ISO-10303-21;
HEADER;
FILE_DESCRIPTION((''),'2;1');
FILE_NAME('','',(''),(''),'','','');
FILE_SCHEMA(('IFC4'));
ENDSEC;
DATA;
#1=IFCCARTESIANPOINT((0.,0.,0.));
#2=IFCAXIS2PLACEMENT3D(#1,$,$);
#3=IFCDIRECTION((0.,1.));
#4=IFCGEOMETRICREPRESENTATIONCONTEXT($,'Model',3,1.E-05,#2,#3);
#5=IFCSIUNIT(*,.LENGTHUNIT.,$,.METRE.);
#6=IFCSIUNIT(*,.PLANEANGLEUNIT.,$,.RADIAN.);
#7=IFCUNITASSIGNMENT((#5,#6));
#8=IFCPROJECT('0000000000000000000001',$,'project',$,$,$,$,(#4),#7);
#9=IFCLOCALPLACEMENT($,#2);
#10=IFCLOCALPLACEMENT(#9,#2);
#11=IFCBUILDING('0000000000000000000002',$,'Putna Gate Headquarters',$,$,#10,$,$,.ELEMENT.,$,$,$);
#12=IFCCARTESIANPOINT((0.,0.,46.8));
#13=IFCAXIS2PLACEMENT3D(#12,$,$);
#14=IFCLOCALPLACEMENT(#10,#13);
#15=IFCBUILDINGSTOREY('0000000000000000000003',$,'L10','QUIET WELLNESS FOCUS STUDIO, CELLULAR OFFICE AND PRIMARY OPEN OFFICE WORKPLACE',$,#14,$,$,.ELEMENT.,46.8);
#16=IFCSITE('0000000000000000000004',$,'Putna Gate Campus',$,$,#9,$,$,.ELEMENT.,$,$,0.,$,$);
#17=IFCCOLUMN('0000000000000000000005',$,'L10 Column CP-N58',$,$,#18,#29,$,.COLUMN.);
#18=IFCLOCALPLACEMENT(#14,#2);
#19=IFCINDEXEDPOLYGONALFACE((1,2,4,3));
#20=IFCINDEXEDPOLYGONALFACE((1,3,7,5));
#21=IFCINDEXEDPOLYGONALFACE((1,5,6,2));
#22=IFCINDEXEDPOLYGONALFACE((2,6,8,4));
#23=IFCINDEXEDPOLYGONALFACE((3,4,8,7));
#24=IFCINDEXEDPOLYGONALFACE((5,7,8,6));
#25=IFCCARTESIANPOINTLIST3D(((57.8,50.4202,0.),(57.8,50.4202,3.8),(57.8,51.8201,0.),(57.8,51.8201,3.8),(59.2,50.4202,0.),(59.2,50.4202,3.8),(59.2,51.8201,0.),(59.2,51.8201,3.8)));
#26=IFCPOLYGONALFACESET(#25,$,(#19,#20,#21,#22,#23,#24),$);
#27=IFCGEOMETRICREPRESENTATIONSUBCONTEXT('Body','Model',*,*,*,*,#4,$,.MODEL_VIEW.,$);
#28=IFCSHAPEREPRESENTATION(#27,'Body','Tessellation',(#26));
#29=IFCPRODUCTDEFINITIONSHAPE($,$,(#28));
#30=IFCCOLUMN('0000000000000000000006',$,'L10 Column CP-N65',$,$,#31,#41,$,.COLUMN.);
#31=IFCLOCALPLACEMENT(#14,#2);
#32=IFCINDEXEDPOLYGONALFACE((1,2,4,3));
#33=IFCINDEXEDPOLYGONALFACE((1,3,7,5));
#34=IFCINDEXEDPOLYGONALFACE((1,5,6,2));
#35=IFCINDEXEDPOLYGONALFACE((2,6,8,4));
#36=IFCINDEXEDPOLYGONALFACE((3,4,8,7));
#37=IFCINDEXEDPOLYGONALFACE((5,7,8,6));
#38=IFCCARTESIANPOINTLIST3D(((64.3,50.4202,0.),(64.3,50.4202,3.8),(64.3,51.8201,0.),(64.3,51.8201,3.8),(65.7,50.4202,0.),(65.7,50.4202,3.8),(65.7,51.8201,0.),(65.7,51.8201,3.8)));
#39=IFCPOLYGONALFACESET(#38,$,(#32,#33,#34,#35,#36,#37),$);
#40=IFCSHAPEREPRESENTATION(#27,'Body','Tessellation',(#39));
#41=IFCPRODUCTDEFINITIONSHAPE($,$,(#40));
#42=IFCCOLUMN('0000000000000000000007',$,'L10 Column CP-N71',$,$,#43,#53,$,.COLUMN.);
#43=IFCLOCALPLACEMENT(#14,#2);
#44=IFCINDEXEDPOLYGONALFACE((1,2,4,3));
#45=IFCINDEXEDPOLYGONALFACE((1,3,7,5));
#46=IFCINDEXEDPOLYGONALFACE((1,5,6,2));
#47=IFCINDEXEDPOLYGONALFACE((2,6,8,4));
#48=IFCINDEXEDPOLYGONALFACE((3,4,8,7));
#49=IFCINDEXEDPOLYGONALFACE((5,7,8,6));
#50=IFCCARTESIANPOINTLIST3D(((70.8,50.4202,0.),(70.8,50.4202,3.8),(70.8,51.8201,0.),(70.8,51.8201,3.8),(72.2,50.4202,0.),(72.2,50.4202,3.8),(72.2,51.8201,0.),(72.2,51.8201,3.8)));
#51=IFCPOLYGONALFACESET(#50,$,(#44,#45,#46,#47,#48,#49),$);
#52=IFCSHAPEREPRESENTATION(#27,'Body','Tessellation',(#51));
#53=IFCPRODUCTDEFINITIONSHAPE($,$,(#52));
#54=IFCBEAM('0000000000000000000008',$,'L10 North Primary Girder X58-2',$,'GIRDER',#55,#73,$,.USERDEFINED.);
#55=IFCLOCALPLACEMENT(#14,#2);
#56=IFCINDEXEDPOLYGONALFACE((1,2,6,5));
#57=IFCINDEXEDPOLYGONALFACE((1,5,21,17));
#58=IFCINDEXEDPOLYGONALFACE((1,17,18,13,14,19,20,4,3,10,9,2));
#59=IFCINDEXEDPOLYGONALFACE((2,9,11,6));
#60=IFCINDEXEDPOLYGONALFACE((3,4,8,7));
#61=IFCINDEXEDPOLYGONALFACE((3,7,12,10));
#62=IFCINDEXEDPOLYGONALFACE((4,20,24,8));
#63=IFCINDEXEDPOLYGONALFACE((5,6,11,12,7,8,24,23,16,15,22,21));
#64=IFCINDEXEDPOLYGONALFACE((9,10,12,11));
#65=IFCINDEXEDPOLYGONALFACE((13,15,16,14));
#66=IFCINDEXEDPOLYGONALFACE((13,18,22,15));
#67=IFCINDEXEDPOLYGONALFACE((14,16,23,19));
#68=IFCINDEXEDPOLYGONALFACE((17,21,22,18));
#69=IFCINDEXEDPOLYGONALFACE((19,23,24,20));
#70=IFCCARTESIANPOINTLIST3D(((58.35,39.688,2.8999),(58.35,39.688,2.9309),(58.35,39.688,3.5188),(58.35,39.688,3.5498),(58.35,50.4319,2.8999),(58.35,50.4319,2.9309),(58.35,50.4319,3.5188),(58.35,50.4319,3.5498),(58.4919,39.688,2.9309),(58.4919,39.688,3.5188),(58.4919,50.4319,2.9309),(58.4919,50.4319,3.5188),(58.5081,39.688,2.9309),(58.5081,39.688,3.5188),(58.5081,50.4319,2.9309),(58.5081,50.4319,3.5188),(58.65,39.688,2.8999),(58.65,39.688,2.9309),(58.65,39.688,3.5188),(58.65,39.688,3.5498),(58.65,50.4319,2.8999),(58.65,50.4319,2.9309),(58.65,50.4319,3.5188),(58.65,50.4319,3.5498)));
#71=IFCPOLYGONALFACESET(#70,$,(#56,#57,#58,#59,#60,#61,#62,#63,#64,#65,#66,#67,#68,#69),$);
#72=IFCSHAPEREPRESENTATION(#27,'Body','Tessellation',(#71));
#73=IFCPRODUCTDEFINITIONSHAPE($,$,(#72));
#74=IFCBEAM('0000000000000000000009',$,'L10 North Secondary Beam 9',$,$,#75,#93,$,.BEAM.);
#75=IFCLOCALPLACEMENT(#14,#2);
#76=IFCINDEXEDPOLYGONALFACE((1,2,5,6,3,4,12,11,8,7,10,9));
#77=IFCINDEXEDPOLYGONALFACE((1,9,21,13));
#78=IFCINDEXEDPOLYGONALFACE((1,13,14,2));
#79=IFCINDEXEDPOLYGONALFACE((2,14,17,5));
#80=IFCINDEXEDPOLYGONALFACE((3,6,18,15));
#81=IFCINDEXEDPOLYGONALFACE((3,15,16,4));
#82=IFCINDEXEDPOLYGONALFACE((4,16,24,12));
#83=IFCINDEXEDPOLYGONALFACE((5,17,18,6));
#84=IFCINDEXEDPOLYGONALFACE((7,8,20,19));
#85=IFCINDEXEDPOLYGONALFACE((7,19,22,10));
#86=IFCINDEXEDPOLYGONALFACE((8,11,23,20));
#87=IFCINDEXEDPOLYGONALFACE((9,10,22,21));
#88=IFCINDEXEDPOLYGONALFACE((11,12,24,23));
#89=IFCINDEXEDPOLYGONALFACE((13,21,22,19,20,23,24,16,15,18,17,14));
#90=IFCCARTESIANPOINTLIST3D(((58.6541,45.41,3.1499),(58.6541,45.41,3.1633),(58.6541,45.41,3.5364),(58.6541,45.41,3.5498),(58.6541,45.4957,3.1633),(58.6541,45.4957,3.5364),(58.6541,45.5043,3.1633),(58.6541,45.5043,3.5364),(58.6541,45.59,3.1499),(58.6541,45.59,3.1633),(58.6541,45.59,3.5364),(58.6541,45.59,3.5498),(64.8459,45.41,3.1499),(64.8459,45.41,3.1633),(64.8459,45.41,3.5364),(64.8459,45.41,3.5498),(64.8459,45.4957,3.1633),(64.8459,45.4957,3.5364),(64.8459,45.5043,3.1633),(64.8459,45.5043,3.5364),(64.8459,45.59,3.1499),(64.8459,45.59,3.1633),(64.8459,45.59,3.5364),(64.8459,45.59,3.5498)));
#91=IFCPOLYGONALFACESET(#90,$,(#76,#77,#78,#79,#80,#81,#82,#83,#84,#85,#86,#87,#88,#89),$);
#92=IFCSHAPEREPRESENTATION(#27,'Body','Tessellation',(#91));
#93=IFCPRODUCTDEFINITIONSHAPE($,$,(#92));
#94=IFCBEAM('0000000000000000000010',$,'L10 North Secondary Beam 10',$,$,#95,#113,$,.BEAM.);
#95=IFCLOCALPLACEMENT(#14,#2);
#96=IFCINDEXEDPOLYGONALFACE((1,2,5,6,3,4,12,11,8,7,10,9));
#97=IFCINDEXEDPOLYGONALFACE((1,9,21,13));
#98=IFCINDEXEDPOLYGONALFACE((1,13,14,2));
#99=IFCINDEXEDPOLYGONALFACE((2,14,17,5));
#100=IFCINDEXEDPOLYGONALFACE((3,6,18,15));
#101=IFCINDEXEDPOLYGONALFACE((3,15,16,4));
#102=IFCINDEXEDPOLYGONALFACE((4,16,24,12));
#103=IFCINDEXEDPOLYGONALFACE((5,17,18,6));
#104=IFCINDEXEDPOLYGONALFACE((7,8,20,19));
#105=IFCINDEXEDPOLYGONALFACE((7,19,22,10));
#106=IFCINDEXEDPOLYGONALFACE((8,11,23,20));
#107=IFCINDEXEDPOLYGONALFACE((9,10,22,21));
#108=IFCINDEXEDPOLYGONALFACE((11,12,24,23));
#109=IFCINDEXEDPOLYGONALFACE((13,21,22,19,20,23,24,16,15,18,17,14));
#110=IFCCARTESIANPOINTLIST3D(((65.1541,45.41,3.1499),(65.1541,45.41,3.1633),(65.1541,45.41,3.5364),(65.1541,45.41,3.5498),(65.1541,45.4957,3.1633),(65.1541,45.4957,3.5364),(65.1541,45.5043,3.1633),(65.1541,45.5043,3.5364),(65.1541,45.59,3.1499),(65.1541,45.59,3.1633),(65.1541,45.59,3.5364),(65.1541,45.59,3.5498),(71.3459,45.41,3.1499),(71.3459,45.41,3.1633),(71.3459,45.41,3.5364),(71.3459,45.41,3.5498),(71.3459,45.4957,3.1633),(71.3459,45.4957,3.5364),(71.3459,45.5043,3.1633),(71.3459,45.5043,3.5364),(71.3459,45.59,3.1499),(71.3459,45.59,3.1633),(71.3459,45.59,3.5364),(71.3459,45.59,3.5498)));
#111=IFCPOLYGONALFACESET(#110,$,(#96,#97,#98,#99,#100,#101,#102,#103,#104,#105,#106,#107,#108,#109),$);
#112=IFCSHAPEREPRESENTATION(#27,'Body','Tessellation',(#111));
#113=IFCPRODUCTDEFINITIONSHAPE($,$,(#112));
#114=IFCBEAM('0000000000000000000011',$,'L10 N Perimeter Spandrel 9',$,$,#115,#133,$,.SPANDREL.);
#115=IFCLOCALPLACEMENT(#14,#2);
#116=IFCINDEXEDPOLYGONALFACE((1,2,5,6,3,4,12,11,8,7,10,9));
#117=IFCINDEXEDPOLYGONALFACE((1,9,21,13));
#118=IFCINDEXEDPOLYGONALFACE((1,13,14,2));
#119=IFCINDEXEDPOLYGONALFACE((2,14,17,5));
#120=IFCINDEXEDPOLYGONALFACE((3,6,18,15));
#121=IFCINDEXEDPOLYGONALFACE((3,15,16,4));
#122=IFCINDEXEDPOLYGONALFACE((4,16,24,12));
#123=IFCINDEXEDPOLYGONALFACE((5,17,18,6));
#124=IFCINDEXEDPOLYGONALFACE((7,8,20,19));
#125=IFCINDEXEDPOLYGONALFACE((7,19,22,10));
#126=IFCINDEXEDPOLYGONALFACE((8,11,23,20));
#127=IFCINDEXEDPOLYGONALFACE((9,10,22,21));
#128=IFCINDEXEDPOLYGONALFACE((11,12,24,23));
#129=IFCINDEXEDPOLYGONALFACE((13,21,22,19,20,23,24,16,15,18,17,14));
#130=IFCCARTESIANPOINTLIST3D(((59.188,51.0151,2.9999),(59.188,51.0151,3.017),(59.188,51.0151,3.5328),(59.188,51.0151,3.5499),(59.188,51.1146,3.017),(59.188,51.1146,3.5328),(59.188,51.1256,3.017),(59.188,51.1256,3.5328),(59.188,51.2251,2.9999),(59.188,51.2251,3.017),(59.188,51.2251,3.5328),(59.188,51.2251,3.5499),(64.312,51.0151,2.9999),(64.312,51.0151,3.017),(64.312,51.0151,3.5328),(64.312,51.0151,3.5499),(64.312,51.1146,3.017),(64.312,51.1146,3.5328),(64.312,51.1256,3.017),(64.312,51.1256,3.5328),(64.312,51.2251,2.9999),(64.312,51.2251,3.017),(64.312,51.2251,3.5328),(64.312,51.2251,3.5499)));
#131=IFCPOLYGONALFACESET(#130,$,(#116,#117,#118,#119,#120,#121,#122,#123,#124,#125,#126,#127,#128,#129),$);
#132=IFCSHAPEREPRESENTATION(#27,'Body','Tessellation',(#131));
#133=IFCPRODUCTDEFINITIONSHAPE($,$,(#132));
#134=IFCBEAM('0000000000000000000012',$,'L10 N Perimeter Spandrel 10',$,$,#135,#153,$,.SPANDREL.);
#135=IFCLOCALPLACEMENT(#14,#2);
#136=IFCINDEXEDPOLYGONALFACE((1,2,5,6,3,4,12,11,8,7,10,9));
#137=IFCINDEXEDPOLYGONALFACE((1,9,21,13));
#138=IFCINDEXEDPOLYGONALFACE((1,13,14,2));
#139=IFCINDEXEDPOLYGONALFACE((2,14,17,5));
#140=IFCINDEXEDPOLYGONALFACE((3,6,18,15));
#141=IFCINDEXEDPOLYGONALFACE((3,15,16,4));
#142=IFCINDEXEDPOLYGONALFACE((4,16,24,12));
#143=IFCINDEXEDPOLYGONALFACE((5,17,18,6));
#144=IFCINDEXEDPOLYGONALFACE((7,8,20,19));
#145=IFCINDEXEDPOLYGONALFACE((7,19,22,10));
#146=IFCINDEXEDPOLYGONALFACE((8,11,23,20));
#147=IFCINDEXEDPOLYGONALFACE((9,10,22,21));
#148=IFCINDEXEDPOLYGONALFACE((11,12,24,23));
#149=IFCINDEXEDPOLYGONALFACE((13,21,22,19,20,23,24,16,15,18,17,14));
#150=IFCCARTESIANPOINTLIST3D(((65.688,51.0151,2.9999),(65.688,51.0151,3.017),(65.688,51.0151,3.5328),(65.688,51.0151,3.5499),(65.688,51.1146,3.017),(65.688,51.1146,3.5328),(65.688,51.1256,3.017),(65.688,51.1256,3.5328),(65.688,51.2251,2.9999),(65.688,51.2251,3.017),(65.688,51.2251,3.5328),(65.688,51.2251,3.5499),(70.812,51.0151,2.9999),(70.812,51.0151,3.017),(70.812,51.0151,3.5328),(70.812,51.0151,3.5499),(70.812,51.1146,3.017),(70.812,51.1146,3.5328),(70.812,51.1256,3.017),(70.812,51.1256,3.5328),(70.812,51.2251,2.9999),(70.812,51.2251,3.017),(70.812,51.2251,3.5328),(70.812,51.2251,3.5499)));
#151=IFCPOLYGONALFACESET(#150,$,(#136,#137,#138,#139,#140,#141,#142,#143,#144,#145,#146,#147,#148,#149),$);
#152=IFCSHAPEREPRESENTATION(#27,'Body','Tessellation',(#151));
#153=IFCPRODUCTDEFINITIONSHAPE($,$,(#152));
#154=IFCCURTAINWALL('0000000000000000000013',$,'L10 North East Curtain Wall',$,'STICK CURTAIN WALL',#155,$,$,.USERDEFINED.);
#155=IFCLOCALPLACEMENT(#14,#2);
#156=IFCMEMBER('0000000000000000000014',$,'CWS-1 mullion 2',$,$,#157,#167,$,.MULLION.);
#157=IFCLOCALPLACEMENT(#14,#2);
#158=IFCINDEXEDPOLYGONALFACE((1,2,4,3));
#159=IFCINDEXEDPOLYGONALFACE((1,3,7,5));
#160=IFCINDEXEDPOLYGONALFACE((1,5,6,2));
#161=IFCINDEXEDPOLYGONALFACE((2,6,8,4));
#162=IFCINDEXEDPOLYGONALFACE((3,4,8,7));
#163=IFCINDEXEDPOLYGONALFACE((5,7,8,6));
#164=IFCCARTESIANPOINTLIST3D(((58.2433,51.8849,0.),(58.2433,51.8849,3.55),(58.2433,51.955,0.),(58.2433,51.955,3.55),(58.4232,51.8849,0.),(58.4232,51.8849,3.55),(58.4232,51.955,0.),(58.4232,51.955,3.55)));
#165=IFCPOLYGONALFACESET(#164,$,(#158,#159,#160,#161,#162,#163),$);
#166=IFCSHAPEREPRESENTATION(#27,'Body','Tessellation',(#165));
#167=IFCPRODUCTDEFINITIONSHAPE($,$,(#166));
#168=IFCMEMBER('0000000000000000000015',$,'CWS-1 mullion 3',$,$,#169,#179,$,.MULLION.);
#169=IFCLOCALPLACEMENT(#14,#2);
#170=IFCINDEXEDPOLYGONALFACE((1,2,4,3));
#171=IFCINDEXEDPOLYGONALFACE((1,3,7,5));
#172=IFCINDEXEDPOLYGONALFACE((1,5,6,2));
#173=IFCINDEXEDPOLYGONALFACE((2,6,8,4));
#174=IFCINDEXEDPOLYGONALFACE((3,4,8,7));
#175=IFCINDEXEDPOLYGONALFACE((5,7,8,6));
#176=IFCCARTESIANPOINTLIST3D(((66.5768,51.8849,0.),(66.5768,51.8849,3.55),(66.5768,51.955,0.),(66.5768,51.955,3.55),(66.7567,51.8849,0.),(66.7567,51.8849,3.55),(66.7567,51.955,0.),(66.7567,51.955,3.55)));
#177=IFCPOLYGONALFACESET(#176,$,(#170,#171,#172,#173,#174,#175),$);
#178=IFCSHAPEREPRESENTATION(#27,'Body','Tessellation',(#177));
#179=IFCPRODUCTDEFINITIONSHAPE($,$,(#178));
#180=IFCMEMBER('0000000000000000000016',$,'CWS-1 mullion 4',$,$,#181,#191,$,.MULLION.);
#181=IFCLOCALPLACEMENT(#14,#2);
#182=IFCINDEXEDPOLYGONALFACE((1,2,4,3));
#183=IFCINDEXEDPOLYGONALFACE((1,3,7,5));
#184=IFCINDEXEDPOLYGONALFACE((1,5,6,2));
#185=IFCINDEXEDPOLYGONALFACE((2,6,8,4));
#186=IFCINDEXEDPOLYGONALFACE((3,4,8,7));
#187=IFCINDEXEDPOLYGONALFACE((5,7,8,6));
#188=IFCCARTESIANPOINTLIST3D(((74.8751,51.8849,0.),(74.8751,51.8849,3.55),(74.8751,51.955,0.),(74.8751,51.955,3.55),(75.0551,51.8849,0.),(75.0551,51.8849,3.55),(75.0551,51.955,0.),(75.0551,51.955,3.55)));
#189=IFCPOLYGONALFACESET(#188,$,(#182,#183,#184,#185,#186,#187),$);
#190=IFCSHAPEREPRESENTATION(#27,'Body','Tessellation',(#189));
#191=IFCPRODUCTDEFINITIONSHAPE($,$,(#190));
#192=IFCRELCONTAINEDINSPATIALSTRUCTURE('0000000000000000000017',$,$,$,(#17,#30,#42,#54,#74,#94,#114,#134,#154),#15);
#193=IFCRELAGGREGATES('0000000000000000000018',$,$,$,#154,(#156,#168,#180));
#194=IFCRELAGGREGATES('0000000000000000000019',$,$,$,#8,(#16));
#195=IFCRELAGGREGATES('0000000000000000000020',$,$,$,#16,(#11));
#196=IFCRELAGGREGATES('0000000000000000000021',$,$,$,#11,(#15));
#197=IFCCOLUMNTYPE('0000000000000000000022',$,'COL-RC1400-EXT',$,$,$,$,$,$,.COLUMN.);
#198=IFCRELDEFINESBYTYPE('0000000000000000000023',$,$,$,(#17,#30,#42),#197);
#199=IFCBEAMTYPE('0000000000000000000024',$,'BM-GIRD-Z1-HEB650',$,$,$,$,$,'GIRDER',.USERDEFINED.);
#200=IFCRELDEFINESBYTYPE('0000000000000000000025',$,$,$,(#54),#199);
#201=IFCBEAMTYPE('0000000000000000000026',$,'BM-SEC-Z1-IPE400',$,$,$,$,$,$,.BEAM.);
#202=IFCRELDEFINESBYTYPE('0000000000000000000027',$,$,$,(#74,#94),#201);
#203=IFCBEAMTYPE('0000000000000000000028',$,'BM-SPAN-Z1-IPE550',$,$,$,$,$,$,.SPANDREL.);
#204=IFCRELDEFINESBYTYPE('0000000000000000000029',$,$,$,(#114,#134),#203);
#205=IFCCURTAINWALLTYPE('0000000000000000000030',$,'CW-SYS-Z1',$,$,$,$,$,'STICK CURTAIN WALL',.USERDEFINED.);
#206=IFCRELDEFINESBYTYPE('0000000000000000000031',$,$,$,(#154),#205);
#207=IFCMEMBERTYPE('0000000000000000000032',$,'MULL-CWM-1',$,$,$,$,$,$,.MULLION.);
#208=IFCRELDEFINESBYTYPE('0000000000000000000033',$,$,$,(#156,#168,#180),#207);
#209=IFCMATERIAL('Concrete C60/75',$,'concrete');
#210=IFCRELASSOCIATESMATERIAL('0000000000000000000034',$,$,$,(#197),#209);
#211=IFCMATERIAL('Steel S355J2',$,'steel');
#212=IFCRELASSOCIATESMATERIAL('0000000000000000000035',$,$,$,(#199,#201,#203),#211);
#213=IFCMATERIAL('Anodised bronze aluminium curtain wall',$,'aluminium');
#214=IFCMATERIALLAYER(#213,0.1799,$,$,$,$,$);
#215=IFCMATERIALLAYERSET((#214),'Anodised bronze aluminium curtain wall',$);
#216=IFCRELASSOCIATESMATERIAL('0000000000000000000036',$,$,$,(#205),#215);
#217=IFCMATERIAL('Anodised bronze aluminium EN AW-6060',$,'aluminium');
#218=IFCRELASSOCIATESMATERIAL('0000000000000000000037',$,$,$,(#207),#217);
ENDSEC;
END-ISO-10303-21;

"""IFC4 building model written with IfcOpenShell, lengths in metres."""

from ifc_helpers import new_model, si_unit, direction, frame, origin, origin_2d, place, context, subcontext, project, spatial, rectangle, i_section, extrude, material, layer, layer_set, material_profile, profile_set, type_object, element, aggregate, save


model = new_model("IFC4")

# Units and contexts
model_context = context("Model", 3, precision=1e-05, world=origin(), true_north=direction((0.0, 1.0)))
body_context = subcontext(model_context, "Body", "Model", "MODEL_VIEW")
ifc_project = project(units=[si_unit("LENGTHUNIT", "METRE"), si_unit("PLANEANGLEUNIT", "RADIAN")], contexts=[model_context])

# Site, building, storey
site_placement = place(None, origin())
site = spatial("IfcSite", under=ifc_project, at=site_placement, Name="Putna Gate Campus", CompositionType="ELEMENT", RefElevation=0.0)
building_placement = place(site_placement, origin())
building = spatial("IfcBuilding", under=site, at=building_placement, Name="Putna Gate Headquarters", CompositionType="ELEMENT")
storey_placement = place(building_placement, frame((0.0, 0.0, 46.8)))
storey = spatial("IfcBuildingStorey", under=building, at=storey_placement, Name="L10", Description="QUIET WELLNESS FOCUS STUDIO, CELLULAR OFFICE AND PRIMARY OPEN OFFICE WORKPLACE", CompositionType="ELEMENT", Elevation=46.8)

# Columns
ifc_material_1 = material(Name="Concrete C60/75", Category="concrete")
ifc_material_profile_1 = material_profile(ifc_material_1, rectangle(XDim=1.3999, YDim=1.3999, at=origin_2d()), Name="Concrete C60/75")
ifc_profile_set_1 = profile_set([ifc_material_profile_1], Name="Concrete C60/75")
column_type = type_object("IfcColumnType", Name="COL-RC1400-EXT", PredefinedType="COLUMN", material=ifc_profile_set_1)
for number, where, z_axis, x_axis, name in (
    (1, (58.5, 51.1201, 0.0), (0.0, 0.0, 1.0), (1.0, 0.0, 0.0), "L10 Column CP-N58"),
    (2, (65.0, 51.1201, 0.0), (0.0, 0.0, 1.0), (1.0, 0.0, 0.0), "L10 Column CP-N65"),
    (3, (71.5, 51.1201, 0.0), (0.0, 0.0, 1.0), (1.0, 0.0, 0.0), "L10 Column CP-N71"),
):
    element("IfcColumn", number, at=place(storey_placement, frame(where, z_axis=z_axis, x_axis=x_axis)), inside=storey, type_object=column_type, Name=name, PredefinedType="COLUMN", context=body_context, shape_type="SweptSolid", body=[
        extrude(rectangle(XDim=1.3999, YDim=1.3999, at=origin_2d()), origin(), (0.0, 0.0, 1.0), 3.8),
    ])

# Beams
ifc_material_2 = material(Name="Steel S355J2", Category="steel")
ifc_material_profile_2 = material_profile(ifc_material_2, i_section(OverallWidth=0.3, OverallDepth=0.6499, WebThickness=0.0161, FlangeThickness=0.031, at=origin_2d()), Name="Steel S355J2")
ifc_profile_set_2 = profile_set([ifc_material_profile_2], Name="Steel S355J2")
beam_type_1 = type_object("IfcBeamType", Name="BM-GIRD-Z1-HEB650", ElementType="GIRDER", PredefinedType="USERDEFINED", material=ifc_profile_set_2)
beam_placement = place(storey_placement, frame((58.5, 39.688, 3.2249), z_axis=(0.0, 1.0, 0.0), x_axis=(-1.0, 0.0, 0.0)))
element("IfcBeam", 4, at=beam_placement, inside=storey, type_object=beam_type_1, Name="L10 North Primary Girder X58-2", ObjectType="GIRDER", PredefinedType="USERDEFINED", context=body_context, shape_type="SweptSolid", body=[
    extrude(i_section(OverallWidth=0.3, OverallDepth=0.6499, WebThickness=0.0161, FlangeThickness=0.031, at=origin_2d()), origin(), (0.0, 0.0, 1.0), 10.7439),
])
ifc_material_profile_3 = material_profile(ifc_material_2, i_section(OverallWidth=0.1799, OverallDepth=0.3999, WebThickness=0.0085, FlangeThickness=0.0134, at=origin_2d()), Name="Steel S355J2")
ifc_profile_set_3 = profile_set([ifc_material_profile_3], Name="Steel S355J2")
beam_type_2 = type_object("IfcBeamType", Name="BM-SEC-Z1-IPE400", PredefinedType="BEAM", material=ifc_profile_set_3)
for number, where, z_axis, x_axis, name in (
    (5, (58.6541, 45.5, 3.3499), (1.0, 0.0, 0.0), (0.0, 1.0, 0.0), "L10 North Secondary Beam 9"),
    (6, (65.1541, 45.5, 3.3499), (1.0, 0.0, 0.0), (0.0, 1.0, 0.0), "L10 North Secondary Beam 10"),
):
    element("IfcBeam", number, at=place(storey_placement, frame(where, z_axis=z_axis, x_axis=x_axis)), inside=storey, type_object=beam_type_2, Name=name, PredefinedType="BEAM", context=body_context, shape_type="SweptSolid", body=[
        extrude(i_section(OverallWidth=0.1799, OverallDepth=0.3999, WebThickness=0.0085, FlangeThickness=0.0134, at=origin_2d()), origin(), (0.0, 0.0, 1.0), 6.1919),
    ])
ifc_material_profile_4 = material_profile(ifc_material_2, i_section(OverallWidth=0.21, OverallDepth=0.55, WebThickness=0.011, FlangeThickness=0.0171, at=origin_2d()), Name="Steel S355J2")
ifc_profile_set_4 = profile_set([ifc_material_profile_4], Name="Steel S355J2")
beam_type_3 = type_object("IfcBeamType", Name="BM-SPAN-Z1-IPE550", PredefinedType="SPANDREL", material=ifc_profile_set_4)
for number, where, z_axis, x_axis, name in (
    (7, (59.188, 51.1201, 3.2749), (1.0, 0.0, 0.0), (0.0, 1.0, 0.0), "L10 N Perimeter Spandrel 9"),
    (8, (65.688, 51.1201, 3.2749), (1.0, 0.0, 0.0), (0.0, 1.0, 0.0), "L10 N Perimeter Spandrel 10"),
):
    element("IfcBeam", number, at=place(storey_placement, frame(where, z_axis=z_axis, x_axis=x_axis)), inside=storey, type_object=beam_type_3, Name=name, PredefinedType="SPANDREL", context=body_context, shape_type="SweptSolid", body=[
        extrude(i_section(OverallWidth=0.21, OverallDepth=0.55, WebThickness=0.011, FlangeThickness=0.0171, at=origin_2d()), origin(), (0.0, 0.0, 1.0), 5.124),
    ])

# Curtain wall, members
ifc_material_3 = material(Name="Anodised bronze aluminium curtain wall", Category="aluminium")
ifc_layer_1 = layer(ifc_material_3, 0.1799)
ifc_layer_set_1 = layer_set([ifc_layer_1], Name="Anodised bronze aluminium curtain wall")
curtain_wall_type = type_object("IfcCurtainWallType", Name="CW-SYS-Z1", ElementType="STICK CURTAIN WALL", PredefinedType="USERDEFINED", material=ifc_layer_set_1)
curtain_wall_1_placement = place(storey_placement, origin())
curtain_wall_1 = element("IfcCurtainWall", 9, at=curtain_wall_1_placement, inside=storey, type_object=curtain_wall_type, Name="L10 North East Curtain Wall", ObjectType="STICK CURTAIN WALL", PredefinedType="USERDEFINED")
ifc_material_4 = material(Name="Anodised bronze aluminium EN AW-6060", Category="aluminium")
ifc_material_profile_5 = material_profile(ifc_material_4, rectangle(XDim=0.0701, YDim=0.1799, at=origin_2d()), Name="Anodised bronze aluminium EN AW-6060")
ifc_profile_set_5 = profile_set([ifc_material_profile_5], Name="Anodised bronze aluminium EN AW-6060")
member_type_1 = type_object("IfcMemberType", Name="MULL-CWM-1", PredefinedType="MULLION", material=ifc_profile_set_5)
member_1_placement = place(storey_placement, frame((58.3333, 51.9199, 0.0), z_axis=(0.0, 0.0, 1.0), x_axis=(0.0, 1.0, 0.0)))
member_1 = element("IfcMember", 10, at=member_1_placement, type_object=member_type_1, Name="CWS-1 mullion 2", PredefinedType="MULLION", context=body_context, shape_type="SweptSolid", body=[
    extrude(rectangle(XDim=0.0701, YDim=0.1799, at=origin_2d()), origin(), (0.0, 0.0, 1.0), 3.55),
])
member_2_placement = place(storey_placement, frame((66.6667, 51.9199, 0.0), z_axis=(0.0, 0.0, 1.0), x_axis=(0.0, 1.0, 0.0)))
member_2 = element("IfcMember", 11, at=member_2_placement, type_object=member_type_1, Name="CWS-1 mullion 3", PredefinedType="MULLION", context=body_context, shape_type="SweptSolid", body=[
    extrude(rectangle(XDim=0.0701, YDim=0.1799, at=origin_2d()), origin(), (0.0, 0.0, 1.0), 3.55),
])
member_3_placement = place(storey_placement, frame((74.9651, 51.9199, 0.0), z_axis=(0.0, 0.0, 1.0), x_axis=(0.0, 1.0, 0.0)))
member_3 = element("IfcMember", 12, at=member_3_placement, type_object=member_type_1, Name="CWS-1 mullion 4", PredefinedType="MULLION", context=body_context, shape_type="SweptSolid", body=[
    extrude(rectangle(XDim=0.0701, YDim=0.1799, at=origin_2d()), origin(), (0.0, 0.0, 1.0), 3.55),
])

aggregate(curtain_wall_1, [member_1, member_2, member_3])

save(model, "model.ifc")
